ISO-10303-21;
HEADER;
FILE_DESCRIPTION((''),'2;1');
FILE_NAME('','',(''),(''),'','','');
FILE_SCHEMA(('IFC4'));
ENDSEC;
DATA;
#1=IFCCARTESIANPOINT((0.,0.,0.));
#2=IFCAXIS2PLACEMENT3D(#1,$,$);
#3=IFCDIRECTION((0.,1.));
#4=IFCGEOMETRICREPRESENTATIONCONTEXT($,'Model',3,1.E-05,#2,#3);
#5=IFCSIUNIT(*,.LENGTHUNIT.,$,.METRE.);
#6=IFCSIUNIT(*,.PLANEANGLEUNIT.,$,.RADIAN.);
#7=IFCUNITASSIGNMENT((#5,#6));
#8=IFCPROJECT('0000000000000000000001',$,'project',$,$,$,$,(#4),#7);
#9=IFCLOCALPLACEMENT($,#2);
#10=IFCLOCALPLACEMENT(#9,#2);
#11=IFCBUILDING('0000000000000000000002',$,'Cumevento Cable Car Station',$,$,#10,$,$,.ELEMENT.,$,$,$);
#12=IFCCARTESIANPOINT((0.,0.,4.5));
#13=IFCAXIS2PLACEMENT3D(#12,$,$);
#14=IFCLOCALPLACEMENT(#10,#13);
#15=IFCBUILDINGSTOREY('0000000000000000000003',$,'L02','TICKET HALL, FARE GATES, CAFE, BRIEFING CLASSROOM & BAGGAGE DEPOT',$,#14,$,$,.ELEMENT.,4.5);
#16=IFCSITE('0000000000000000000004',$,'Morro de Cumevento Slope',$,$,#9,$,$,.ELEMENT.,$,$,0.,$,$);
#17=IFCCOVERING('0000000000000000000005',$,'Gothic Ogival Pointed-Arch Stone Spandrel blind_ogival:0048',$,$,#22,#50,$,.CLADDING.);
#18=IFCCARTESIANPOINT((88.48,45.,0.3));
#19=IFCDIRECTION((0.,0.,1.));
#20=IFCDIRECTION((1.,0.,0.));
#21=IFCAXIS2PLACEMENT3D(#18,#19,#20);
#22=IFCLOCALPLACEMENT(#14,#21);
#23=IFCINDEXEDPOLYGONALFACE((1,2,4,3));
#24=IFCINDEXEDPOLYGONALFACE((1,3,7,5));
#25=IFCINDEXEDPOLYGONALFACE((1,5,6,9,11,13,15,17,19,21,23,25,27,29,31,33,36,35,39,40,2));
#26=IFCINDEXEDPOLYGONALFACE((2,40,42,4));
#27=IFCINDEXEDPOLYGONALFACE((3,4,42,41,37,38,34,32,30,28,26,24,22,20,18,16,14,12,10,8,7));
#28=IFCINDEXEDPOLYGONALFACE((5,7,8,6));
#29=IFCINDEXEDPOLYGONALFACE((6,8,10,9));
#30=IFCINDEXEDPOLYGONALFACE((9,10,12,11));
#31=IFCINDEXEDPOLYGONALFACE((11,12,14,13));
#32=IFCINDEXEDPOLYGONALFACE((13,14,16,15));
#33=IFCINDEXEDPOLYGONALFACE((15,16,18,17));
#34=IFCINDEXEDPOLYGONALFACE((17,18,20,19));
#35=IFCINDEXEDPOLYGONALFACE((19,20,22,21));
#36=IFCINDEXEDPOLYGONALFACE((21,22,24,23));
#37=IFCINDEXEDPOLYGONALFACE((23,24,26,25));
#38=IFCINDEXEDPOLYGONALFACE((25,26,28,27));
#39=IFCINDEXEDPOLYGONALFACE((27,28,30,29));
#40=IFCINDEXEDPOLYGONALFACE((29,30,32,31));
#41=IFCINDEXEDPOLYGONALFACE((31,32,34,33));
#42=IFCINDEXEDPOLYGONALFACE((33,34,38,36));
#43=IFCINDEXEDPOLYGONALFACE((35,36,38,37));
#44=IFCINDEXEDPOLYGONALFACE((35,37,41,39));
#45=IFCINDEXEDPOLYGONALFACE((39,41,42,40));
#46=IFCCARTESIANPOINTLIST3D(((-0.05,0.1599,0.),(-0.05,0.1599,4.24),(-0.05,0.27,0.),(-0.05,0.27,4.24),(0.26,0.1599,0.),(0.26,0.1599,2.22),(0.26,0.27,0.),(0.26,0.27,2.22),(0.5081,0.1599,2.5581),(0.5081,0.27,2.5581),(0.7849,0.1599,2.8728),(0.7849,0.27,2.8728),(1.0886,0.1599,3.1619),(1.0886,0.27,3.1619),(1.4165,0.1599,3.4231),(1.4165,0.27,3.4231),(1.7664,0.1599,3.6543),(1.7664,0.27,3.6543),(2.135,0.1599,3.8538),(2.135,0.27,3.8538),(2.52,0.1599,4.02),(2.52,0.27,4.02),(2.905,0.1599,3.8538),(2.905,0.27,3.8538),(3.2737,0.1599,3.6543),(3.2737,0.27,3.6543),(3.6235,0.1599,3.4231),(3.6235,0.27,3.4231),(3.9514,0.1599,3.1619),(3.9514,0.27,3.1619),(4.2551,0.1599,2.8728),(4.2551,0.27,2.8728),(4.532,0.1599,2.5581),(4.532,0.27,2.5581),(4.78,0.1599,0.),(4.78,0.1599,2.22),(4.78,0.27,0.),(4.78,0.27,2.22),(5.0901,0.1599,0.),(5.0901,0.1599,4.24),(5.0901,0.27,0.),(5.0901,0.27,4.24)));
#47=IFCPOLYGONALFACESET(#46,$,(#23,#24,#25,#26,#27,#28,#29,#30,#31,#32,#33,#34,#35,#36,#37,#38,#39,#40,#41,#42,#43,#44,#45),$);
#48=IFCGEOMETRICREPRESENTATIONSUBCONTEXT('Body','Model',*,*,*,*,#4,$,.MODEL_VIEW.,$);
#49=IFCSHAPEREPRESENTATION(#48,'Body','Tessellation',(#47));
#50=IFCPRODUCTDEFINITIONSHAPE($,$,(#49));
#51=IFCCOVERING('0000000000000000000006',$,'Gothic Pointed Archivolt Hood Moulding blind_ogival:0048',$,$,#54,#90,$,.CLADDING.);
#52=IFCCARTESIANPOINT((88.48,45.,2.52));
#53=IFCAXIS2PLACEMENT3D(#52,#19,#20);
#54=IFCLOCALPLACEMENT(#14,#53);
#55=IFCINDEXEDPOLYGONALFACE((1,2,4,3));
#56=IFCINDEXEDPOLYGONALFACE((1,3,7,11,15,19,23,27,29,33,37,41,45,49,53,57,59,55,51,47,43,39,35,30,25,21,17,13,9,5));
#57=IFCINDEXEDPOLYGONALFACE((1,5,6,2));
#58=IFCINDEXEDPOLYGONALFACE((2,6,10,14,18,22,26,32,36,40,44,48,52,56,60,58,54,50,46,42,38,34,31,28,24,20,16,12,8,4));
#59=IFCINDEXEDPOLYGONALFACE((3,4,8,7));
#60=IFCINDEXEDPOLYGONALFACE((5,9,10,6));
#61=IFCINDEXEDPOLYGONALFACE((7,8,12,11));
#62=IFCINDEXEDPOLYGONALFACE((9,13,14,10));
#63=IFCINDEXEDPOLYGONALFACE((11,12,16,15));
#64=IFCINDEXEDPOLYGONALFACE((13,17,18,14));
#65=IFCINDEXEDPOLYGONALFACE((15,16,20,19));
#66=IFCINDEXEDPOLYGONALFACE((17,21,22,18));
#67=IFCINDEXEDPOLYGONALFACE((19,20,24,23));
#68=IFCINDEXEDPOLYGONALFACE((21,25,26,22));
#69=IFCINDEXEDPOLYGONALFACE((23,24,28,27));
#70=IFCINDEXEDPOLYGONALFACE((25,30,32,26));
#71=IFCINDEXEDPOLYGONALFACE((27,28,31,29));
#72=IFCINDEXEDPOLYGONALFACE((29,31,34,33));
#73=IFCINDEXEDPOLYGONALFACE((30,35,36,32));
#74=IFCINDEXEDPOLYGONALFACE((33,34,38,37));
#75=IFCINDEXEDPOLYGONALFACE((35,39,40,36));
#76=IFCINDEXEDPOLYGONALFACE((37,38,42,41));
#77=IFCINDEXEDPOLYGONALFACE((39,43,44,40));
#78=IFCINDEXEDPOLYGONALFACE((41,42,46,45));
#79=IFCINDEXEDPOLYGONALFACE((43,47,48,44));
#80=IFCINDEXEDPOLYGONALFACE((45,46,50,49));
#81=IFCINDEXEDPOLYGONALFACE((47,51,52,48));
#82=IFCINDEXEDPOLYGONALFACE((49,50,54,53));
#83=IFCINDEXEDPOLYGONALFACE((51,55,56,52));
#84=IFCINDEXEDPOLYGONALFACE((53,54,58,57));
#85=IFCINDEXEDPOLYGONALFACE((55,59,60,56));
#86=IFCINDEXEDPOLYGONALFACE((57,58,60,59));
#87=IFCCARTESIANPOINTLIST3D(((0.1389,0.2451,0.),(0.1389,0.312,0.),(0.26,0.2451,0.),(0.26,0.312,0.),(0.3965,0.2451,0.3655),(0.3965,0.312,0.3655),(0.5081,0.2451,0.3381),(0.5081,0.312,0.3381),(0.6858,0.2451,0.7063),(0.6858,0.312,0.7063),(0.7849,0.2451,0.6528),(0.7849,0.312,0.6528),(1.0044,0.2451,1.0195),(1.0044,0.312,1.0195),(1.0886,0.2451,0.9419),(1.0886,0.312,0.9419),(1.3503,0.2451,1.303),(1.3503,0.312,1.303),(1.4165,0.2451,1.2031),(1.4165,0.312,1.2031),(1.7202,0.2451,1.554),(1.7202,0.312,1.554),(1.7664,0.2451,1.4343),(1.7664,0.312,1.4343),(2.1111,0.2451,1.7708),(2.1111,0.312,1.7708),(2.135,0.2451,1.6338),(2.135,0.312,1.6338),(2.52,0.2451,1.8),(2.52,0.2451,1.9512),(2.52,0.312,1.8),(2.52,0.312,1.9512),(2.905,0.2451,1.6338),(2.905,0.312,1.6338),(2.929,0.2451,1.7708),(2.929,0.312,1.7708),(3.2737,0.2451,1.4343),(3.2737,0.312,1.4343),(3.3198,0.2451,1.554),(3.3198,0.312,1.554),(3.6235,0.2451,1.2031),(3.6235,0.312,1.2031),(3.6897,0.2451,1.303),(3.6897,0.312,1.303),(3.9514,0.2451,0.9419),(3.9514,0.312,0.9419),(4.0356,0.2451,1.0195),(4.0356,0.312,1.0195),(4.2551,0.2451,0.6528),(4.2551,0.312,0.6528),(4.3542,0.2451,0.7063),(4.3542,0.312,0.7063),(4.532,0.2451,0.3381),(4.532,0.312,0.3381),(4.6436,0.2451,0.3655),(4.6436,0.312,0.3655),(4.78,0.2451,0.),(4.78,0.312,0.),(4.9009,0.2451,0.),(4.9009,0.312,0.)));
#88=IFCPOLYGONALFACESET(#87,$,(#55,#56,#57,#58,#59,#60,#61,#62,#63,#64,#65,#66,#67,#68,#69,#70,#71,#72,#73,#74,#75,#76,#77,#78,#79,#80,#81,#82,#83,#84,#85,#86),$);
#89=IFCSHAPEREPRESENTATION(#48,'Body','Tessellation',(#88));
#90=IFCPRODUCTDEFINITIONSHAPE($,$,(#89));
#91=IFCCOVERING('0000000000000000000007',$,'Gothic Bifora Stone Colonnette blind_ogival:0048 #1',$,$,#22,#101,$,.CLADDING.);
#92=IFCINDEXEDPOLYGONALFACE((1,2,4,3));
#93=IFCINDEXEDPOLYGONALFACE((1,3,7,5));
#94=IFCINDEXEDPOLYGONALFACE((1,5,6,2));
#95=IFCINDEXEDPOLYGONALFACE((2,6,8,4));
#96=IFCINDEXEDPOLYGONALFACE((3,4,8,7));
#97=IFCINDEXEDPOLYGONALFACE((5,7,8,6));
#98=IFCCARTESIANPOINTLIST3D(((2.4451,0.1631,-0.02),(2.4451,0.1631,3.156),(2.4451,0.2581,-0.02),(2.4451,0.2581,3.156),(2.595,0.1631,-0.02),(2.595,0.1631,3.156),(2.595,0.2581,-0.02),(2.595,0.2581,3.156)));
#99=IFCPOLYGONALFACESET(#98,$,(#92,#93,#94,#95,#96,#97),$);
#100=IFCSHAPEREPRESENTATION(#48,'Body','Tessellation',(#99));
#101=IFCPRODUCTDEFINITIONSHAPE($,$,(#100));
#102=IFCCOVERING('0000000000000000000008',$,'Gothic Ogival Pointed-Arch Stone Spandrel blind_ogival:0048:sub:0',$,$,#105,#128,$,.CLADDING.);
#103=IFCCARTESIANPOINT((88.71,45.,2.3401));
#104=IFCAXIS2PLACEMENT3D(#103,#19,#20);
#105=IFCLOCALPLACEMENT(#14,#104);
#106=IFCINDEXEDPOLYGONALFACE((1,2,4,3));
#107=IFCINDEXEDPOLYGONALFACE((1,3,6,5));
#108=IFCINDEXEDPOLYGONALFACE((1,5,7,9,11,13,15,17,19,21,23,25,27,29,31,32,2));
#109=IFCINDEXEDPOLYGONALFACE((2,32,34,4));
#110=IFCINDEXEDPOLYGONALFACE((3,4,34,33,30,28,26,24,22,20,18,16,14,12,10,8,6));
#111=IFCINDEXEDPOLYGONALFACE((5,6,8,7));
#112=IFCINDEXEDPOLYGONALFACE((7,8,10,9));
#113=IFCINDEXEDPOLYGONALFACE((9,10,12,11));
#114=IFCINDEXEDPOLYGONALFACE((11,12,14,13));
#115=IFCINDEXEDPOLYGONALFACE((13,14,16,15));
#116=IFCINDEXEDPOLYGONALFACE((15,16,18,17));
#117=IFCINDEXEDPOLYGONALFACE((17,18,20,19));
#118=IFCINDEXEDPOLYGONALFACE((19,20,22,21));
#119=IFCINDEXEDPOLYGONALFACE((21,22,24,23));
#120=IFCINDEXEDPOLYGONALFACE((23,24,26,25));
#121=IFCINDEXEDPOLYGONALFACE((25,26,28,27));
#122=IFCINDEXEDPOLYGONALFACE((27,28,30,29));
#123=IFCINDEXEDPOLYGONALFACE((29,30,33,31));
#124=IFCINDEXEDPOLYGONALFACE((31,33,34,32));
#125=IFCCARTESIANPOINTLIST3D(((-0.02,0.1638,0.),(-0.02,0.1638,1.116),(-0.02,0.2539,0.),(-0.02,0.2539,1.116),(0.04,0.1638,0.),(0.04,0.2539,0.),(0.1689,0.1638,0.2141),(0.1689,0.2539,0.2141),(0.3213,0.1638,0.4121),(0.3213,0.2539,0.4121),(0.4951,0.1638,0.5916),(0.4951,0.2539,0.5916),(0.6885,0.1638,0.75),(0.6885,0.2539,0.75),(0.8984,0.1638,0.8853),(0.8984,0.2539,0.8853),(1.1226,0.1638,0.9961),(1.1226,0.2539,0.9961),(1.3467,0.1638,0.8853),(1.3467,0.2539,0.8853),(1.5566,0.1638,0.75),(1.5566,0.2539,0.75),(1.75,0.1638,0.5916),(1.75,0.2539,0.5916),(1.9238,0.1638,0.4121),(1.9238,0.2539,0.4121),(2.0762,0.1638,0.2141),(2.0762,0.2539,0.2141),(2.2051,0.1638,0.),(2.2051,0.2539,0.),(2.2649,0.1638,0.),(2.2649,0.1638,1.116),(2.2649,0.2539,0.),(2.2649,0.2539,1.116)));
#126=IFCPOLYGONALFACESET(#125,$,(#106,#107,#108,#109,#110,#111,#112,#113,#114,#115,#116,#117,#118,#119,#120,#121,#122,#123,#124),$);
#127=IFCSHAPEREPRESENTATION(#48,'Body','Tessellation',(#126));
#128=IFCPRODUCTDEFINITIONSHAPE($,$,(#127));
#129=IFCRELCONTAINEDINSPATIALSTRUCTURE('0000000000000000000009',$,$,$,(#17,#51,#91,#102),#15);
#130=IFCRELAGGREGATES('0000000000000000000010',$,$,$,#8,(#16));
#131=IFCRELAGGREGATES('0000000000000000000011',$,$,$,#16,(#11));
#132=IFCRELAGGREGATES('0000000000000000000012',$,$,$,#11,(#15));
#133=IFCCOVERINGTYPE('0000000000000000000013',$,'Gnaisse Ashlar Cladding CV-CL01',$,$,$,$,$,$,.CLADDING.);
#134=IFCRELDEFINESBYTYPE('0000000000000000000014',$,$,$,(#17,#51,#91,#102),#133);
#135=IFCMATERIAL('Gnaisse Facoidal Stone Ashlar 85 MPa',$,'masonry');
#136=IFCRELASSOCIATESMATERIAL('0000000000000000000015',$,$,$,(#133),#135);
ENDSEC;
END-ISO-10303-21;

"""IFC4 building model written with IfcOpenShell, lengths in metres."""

from ifc_helpers import new_model, si_unit, direction, frame, origin, place, context, subcontext, project, spatial, polyline, outline, extrude, material, type_object, element, save


model = new_model("IFC4")

# Units and contexts
model_context = context("Model", 3, precision=1e-05, world=origin(), true_north=direction((0.0, 1.0)))
body_context = subcontext(model_context, "Body", "Model", "MODEL_VIEW")
ifc_project = project(units=[si_unit("LENGTHUNIT", "METRE"), si_unit("PLANEANGLEUNIT", "RADIAN")], contexts=[model_context])

# Site, building, storey
site_placement = place(None, origin())
site = spatial("IfcSite", under=ifc_project, at=site_placement, Name="Morro de Cumevento Slope", CompositionType="ELEMENT", RefElevation=0.0)
building_placement = place(site_placement, origin())
building = spatial("IfcBuilding", under=site, at=building_placement, Name="Cumevento Cable Car Station", CompositionType="ELEMENT")
storey_placement = place(building_placement, frame((0.0, 0.0, 4.5)))
storey = spatial("IfcBuildingStorey", under=building, at=storey_placement, Name="L02", Description="TICKET HALL, FARE GATES, CAFE, BRIEFING CLASSROOM & BAGGAGE DEPOT", CompositionType="ELEMENT", Elevation=4.5)

# Coverings
ifc_material_1 = material(Name="Gnaisse Facoidal Stone Ashlar 85 MPa", Category="masonry")
covering_type = type_object("IfcCoveringType", Name="Gnaisse Ashlar Cladding CV-CL01", PredefinedType="CLADDING", material=ifc_material_1)
placement_1 = place(storey_placement, frame((88.48, 45.0, 0.3), z_axis=(0.0, 0.0, 1.0), x_axis=(1.0, 0.0, 0.0)))
element("IfcCovering", 1, at=placement_1, inside=storey, type_object=covering_type, Name="Gothic Ogival Pointed-Arch Stone Spandrel blind_ogival:0048", PredefinedType="CLADDING", context=body_context, shape_type="SweptSolid", body=[
    extrude(outline(polyline([(-0.05, 0.0), (-0.05, 4.24), (5.0901, 4.24), (5.0901, 0.0), (4.78, 0.0), (4.78, 2.22), (4.532, 2.5581), (4.2551, 2.8728), (3.9514, 3.1619), (3.6235, 3.4231), (3.2737, 3.6543), (2.905, 3.8538), (2.52, 4.02), (2.135, 3.8538), (1.7664, 3.6543), (1.4165, 3.4231), (1.0886, 3.1619), (0.7849, 2.8728), (0.5081, 2.5581), (0.26, 2.22), (0.26, 0.0), (-0.05, 0.0)])), frame((0.0, 0.27, 0.0), z_axis=(0.0, -1.0, 0.0), x_axis=(1.0, 0.0, 0.0)), (0.0, 0.0, 1.0), 0.1101),
])
covering_1_placement = place(storey_placement, frame((88.48, 45.0, 2.52), z_axis=(0.0, 0.0, 1.0), x_axis=(1.0, 0.0, 0.0)))
element("IfcCovering", 2, at=covering_1_placement, inside=storey, type_object=covering_type, Name="Gothic Pointed Archivolt Hood Moulding blind_ogival:0048", PredefinedType="CLADDING", context=body_context, shape_type="SweptSolid", body=[
    extrude(outline(polyline([(0.26, 0.0), (0.5081, 0.3381), (0.7849, 0.6528), (1.0886, 0.9419), (1.4165, 1.2031), (1.7664, 1.4343), (2.135, 1.6338), (2.52, 1.8), (2.905, 1.6338), (3.2737, 1.4343), (3.6235, 1.2031), (3.9514, 0.9419), (4.2551, 0.6528), (4.532, 0.3381), (4.78, 0.0), (4.9009, 0.0), (4.6436, 0.3655), (4.3542, 0.7063), (4.0356, 1.0195), (3.6897, 1.303), (3.3198, 1.554), (2.929, 1.7708), (2.52, 1.9512), (2.1111, 1.7708), (1.7202, 1.554), (1.3503, 1.303), (1.0044, 1.0195), (0.6858, 0.7063), (0.3965, 0.3655), (0.1389, 0.0), (0.26, 0.0)])), frame((0.0, 0.312, 0.0), z_axis=(0.0, -1.0, 0.0), x_axis=(1.0, 0.0, 0.0)), (0.0, 0.0, 1.0), 0.0669),
])
element("IfcCovering", 3, at=placement_1, inside=storey, type_object=covering_type, Name="Gothic Bifora Stone Colonnette blind_ogival:0048 #1", PredefinedType="CLADDING", context=body_context, shape_type="SweptSolid", body=[
    extrude(outline(polyline([(2.4451, -0.02), (2.595, -0.02), (2.595, 3.156), (2.4451, 3.156), (2.4451, -0.02)])), frame((0.0, 0.2581, 0.0), z_axis=(0.0, -1.0, 0.0), x_axis=(1.0, 0.0, 0.0)), (0.0, 0.0, 1.0), 0.095),
])
covering_2_placement = place(storey_placement, frame((88.71, 45.0, 2.3401), z_axis=(0.0, 0.0, 1.0), x_axis=(1.0, 0.0, 0.0)))
element("IfcCovering", 4, at=covering_2_placement, inside=storey, type_object=covering_type, Name="Gothic Ogival Pointed-Arch Stone Spandrel blind_ogival:0048:sub:0", PredefinedType="CLADDING", context=body_context, shape_type="SweptSolid", body=[
    extrude(outline(polyline([(-0.02, 0.0), (-0.02, 1.116), (2.2649, 1.116), (2.2649, 0.0), (2.2051, 0.0), (2.0762, 0.2141), (1.9238, 0.4121), (1.75, 0.5916), (1.5566, 0.75), (1.3467, 0.8853), (1.1226, 0.9961), (0.8984, 0.8853), (0.6885, 0.75), (0.4951, 0.5916), (0.3213, 0.4121), (0.1689, 0.2141), (0.04, 0.0), (-0.02, 0.0)])), frame((0.0, 0.2539, 0.0), z_axis=(0.0, -1.0, 0.0), x_axis=(1.0, 0.0, 0.0)), (0.0, 0.0, 1.0), 0.0901),
])

save(model, "model.ifc")
